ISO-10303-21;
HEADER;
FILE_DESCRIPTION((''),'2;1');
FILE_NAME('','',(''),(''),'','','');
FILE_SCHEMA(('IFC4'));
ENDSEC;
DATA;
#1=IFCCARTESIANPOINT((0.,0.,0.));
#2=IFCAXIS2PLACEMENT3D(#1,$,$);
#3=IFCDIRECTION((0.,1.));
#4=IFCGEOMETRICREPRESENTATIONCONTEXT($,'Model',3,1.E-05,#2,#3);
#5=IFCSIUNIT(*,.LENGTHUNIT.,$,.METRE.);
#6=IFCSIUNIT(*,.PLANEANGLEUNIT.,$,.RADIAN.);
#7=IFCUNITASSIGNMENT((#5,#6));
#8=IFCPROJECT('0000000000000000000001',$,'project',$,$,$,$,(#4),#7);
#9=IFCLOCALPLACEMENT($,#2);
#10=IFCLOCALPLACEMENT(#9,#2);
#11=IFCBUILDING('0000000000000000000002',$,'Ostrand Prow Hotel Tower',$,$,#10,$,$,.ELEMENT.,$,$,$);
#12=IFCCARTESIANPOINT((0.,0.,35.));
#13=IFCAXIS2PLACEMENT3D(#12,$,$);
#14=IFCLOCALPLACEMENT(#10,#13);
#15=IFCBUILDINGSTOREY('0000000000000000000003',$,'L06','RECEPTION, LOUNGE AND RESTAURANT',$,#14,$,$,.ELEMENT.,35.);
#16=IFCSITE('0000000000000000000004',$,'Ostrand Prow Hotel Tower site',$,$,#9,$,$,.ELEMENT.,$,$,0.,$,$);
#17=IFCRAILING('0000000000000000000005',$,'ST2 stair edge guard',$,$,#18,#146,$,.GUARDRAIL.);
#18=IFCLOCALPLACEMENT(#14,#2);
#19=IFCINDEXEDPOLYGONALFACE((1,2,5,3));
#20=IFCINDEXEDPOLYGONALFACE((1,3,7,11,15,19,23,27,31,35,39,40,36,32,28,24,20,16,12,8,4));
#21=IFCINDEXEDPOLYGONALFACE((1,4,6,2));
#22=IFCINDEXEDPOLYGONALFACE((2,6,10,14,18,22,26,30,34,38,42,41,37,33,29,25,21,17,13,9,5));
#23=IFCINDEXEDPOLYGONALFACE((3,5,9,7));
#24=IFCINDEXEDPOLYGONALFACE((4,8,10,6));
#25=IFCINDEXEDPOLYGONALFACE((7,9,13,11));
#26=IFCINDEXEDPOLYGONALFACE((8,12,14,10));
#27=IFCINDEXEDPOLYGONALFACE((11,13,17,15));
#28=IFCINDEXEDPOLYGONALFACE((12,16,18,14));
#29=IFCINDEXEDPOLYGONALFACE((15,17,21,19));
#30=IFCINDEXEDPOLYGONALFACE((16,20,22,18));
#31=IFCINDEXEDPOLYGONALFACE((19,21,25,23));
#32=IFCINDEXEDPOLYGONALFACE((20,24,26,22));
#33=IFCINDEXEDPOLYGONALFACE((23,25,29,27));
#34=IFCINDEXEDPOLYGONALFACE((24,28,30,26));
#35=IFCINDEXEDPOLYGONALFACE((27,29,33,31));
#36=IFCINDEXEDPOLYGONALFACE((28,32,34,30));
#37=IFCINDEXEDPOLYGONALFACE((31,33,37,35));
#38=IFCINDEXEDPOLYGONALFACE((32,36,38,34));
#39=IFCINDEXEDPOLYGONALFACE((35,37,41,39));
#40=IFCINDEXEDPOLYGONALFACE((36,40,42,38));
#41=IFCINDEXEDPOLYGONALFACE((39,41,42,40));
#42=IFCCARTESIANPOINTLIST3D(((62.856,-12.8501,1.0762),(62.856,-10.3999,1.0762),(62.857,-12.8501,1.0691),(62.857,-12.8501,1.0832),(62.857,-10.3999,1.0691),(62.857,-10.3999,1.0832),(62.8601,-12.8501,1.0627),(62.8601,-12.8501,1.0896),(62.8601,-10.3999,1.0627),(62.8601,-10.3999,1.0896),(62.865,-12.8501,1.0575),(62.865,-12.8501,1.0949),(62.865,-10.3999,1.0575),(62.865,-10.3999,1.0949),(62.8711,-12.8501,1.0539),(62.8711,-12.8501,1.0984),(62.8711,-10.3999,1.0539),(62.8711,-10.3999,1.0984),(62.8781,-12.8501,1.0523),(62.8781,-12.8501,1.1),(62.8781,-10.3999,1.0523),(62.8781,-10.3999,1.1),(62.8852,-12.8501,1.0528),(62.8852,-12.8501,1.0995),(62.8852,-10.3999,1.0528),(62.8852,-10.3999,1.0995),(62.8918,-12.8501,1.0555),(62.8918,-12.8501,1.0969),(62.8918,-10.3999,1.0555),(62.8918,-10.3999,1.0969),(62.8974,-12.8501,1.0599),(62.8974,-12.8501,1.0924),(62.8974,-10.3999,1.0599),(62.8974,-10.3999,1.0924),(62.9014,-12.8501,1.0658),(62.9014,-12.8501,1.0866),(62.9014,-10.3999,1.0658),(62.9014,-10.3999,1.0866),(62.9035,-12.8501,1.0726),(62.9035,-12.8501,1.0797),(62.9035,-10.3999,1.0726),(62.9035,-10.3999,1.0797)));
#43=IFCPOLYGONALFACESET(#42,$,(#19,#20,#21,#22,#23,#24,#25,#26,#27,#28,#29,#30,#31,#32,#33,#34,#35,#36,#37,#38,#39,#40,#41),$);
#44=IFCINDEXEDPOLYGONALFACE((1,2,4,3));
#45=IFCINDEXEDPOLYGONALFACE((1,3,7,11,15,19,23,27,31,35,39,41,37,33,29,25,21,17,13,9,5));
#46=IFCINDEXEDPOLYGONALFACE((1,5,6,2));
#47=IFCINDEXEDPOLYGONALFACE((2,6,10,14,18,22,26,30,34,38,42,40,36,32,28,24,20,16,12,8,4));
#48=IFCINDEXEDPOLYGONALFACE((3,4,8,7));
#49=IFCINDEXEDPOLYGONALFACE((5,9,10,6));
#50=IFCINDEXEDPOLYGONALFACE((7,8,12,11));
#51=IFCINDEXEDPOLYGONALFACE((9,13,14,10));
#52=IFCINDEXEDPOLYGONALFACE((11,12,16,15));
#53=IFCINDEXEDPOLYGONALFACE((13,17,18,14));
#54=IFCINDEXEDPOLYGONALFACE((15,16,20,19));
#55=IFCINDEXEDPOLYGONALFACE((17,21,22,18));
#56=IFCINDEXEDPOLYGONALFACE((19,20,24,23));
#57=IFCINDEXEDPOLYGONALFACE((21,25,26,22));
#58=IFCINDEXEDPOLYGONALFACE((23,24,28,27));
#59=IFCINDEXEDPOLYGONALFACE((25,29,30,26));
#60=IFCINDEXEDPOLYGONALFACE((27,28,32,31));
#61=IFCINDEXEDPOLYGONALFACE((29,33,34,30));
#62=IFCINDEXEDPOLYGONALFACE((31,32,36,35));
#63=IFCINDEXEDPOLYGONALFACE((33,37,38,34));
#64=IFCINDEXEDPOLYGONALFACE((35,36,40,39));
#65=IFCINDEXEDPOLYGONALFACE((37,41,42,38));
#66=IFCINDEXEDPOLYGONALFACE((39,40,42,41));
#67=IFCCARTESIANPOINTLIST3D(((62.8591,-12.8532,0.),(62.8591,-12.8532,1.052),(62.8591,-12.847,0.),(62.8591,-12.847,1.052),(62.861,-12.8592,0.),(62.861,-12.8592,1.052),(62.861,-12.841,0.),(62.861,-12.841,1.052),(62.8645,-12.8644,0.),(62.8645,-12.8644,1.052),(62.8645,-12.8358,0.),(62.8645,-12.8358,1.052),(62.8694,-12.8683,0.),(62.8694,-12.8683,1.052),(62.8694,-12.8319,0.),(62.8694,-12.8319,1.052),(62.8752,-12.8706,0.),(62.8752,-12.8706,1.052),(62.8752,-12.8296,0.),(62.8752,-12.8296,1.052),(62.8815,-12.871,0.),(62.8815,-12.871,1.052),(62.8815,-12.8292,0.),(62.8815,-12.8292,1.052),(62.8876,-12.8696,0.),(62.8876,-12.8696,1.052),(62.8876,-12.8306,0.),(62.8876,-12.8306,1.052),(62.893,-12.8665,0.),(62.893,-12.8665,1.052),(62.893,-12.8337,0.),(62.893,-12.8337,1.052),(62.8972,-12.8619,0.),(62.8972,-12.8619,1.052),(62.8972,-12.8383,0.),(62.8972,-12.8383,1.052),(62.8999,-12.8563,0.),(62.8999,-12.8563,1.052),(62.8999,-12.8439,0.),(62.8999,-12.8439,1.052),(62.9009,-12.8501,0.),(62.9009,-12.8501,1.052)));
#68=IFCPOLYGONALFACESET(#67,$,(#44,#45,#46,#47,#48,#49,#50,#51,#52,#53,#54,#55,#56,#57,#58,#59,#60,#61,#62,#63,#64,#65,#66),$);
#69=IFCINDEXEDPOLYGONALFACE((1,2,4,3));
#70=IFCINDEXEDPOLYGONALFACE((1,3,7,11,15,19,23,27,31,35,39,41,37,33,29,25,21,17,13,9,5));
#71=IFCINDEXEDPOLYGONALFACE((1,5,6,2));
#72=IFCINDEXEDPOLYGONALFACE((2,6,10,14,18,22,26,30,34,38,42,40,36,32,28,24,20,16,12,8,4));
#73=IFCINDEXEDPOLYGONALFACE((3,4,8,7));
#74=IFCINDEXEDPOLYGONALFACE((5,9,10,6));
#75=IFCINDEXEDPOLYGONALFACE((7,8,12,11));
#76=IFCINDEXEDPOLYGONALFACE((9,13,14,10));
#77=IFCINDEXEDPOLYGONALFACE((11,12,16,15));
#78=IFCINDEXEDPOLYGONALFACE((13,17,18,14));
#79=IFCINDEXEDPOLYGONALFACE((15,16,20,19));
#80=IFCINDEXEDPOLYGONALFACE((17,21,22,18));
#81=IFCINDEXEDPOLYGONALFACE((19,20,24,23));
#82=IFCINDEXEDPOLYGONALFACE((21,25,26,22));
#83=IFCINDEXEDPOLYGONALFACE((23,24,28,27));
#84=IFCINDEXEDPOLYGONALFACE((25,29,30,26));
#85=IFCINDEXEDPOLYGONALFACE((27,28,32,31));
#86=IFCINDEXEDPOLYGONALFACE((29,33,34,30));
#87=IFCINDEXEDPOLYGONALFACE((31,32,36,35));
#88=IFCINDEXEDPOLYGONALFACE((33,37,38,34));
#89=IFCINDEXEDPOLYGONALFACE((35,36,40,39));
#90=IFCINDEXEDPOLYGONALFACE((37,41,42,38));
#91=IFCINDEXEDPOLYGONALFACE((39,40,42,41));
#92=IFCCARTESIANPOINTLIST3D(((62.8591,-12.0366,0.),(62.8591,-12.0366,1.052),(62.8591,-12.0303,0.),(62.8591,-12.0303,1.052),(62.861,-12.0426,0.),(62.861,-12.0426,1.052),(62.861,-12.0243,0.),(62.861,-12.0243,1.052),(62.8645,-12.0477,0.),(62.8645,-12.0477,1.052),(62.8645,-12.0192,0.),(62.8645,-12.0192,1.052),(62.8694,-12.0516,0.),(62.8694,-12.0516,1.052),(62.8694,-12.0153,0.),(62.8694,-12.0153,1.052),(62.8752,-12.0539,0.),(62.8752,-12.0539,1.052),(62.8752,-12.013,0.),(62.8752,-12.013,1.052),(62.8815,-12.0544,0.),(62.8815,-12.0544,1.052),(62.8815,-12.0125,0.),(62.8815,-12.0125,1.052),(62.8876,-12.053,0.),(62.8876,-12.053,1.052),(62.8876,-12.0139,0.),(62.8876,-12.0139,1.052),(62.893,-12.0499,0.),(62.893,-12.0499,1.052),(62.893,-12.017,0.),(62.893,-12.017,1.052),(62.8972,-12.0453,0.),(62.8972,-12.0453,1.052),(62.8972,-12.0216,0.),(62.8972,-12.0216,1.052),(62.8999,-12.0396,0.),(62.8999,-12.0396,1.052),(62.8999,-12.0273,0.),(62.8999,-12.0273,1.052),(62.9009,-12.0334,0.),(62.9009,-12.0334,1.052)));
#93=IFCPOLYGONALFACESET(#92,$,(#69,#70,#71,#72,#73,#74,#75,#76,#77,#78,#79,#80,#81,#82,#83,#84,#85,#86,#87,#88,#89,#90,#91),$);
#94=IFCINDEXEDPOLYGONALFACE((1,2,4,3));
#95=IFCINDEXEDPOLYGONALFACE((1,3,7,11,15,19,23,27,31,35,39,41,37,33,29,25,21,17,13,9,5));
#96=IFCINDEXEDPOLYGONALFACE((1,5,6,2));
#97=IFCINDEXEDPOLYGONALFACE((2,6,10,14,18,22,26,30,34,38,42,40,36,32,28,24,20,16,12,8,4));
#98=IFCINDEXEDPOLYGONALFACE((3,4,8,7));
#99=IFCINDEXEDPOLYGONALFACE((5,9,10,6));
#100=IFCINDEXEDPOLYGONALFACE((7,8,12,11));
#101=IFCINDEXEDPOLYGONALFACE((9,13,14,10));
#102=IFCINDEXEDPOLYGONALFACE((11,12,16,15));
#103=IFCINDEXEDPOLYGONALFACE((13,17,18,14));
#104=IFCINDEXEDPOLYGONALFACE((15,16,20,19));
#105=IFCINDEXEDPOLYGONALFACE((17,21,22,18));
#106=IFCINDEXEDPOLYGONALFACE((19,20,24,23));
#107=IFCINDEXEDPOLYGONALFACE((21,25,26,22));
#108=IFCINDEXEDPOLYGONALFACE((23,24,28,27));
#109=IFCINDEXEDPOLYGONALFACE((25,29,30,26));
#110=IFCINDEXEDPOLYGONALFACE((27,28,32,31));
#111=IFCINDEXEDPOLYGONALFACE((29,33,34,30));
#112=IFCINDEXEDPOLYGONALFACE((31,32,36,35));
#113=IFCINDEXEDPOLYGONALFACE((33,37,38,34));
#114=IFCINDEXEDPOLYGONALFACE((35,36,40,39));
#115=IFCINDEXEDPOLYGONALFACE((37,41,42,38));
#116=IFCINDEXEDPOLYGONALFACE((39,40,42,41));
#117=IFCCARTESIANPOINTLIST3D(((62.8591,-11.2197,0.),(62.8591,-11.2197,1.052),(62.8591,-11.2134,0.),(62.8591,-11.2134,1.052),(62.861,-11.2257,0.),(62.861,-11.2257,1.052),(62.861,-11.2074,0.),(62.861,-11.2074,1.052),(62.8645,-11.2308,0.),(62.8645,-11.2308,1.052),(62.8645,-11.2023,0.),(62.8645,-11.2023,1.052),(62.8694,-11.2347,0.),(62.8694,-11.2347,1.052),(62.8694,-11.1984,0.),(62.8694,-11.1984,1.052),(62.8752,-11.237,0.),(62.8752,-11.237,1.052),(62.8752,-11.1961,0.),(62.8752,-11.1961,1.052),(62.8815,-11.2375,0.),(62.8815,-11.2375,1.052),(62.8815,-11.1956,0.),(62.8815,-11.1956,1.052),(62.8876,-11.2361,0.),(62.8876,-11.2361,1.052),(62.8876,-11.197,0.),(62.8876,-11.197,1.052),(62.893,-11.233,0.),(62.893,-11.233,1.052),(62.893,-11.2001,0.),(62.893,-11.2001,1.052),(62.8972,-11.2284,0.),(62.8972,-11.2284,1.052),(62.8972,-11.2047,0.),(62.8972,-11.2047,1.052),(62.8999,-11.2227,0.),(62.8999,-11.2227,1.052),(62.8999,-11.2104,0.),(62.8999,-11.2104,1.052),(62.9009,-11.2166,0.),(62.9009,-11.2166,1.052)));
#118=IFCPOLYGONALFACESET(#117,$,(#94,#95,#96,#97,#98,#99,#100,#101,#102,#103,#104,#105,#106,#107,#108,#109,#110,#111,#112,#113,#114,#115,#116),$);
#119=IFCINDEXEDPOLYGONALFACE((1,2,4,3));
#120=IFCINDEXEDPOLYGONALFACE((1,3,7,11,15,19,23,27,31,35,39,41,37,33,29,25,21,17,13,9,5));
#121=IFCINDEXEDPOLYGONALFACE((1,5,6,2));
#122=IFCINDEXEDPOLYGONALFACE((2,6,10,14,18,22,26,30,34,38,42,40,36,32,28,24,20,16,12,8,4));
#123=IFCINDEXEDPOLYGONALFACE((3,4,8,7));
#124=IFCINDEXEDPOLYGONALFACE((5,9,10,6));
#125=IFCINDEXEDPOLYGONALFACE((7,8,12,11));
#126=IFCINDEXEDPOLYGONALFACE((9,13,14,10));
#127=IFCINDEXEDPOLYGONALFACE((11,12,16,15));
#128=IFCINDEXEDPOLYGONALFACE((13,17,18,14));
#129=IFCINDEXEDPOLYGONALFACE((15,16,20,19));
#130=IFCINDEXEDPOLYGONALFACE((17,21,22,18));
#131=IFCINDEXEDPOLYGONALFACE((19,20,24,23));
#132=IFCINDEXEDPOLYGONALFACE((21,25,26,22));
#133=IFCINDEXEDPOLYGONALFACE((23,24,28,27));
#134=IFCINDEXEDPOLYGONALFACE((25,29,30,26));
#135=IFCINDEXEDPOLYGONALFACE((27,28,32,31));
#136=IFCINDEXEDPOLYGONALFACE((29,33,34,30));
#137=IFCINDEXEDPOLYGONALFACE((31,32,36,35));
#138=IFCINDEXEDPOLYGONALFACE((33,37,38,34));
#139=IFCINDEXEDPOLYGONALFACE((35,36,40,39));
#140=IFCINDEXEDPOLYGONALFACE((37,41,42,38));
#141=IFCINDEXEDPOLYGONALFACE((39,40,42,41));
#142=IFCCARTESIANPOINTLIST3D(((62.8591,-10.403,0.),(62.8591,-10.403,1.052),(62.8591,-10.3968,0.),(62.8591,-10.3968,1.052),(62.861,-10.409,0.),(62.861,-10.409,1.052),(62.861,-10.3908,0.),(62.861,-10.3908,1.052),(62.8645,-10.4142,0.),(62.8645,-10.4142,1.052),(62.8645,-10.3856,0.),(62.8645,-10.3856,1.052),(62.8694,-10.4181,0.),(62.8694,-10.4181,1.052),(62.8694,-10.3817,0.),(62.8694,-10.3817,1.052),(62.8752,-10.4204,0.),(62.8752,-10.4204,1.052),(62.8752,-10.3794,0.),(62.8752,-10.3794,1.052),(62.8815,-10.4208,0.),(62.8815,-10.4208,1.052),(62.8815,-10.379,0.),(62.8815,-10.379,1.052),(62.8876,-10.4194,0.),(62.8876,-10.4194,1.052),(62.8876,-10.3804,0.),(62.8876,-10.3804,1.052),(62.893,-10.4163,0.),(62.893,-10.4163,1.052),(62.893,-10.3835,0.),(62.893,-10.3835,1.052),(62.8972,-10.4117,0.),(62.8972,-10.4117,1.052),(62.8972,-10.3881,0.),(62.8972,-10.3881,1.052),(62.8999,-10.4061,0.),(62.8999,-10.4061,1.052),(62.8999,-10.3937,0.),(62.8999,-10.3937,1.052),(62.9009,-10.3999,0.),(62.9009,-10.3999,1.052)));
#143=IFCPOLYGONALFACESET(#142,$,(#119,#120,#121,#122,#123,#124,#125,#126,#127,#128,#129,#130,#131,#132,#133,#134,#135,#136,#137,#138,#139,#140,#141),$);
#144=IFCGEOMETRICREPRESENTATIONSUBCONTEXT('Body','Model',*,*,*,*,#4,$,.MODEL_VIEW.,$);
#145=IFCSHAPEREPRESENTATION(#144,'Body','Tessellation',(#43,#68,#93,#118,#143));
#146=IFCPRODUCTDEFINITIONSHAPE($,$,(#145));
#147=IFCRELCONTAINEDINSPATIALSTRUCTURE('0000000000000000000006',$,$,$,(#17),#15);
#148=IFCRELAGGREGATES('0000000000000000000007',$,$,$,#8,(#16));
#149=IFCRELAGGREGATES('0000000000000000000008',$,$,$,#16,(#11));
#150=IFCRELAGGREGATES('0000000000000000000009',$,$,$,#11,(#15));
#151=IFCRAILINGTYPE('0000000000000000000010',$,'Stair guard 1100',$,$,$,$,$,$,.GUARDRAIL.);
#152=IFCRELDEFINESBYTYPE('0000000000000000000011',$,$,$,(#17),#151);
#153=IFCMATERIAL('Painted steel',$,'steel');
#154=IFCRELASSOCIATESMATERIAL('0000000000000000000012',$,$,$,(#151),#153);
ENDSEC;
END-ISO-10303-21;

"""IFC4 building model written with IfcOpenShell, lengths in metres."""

from ifc_helpers import new_model, si_unit, direction, frame, origin, origin_2d, place, context, subcontext, project, spatial, circle, extrude, material, type_object, element, save


model = new_model("IFC4")

# Units and contexts
model_context = context("Model", 3, precision=1e-05, world=origin(), true_north=direction((0.0, 1.0)))
body_context = subcontext(model_context, "Body", "Model", "MODEL_VIEW")
ifc_project = project(units=[si_unit("LENGTHUNIT", "METRE"), si_unit("PLANEANGLEUNIT", "RADIAN")], contexts=[model_context])

# Site, building, storey
site_placement = place(None, origin())
site = spatial("IfcSite", under=ifc_project, at=site_placement, Name="Ostrand Prow Hotel Tower site", CompositionType="ELEMENT", RefElevation=0.0)
building_placement = place(site_placement, origin())
building = spatial("IfcBuilding", under=site, at=building_placement, Name="Ostrand Prow Hotel Tower", CompositionType="ELEMENT")
storey_placement = place(building_placement, frame((0.0, 0.0, 35.0)))
storey = spatial("IfcBuildingStorey", under=building, at=storey_placement, Name="L06", Description="RECEPTION, LOUNGE AND RESTAURANT", CompositionType="ELEMENT", Elevation=35.0)

# Railing
ifc_material_1 = material(Name="Painted steel", Category="steel")
railing_type_1 = type_object("IfcRailingType", Name="Stair guard 1100", PredefinedType="GUARDRAIL", material=ifc_material_1)
railing_1_placement = place(storey_placement, frame((62.8799, -12.8501, 0.0)))
element("IfcRailing", 1, at=railing_1_placement, inside=storey, type_object=railing_type_1, Name="ST2 stair edge guard", PredefinedType="GUARDRAIL", context=body_context, shape_type="SweptSolid", body=[
    extrude(circle(Radius=0.0239, at=origin_2d()), frame((0.0, 0.0, 1.0762), z_axis=(0.0, 1.0, 0.0), x_axis=(-1.0, 0.0, 0.0)), (0.0, 0.0, 1.0), 2.4502),
    extrude(circle(Radius=0.021, at=origin_2d()), origin(), (0.0, 0.0, 1.0), 1.052),
    extrude(circle(Radius=0.021, at=origin_2d()), frame((0.0, 0.8167, 0.0)), (0.0, 0.0, 1.0), 1.052),
    extrude(circle(Radius=0.021, at=origin_2d()), frame((0.0, 1.6335, 0.0)), (0.0, 0.0, 1.0), 1.052),
    extrude(circle(Radius=0.021, at=origin_2d()), frame((0.0, 2.4502, 0.0)), (0.0, 0.0, 1.0), 1.052),
])

save(model, "model.ifc")
